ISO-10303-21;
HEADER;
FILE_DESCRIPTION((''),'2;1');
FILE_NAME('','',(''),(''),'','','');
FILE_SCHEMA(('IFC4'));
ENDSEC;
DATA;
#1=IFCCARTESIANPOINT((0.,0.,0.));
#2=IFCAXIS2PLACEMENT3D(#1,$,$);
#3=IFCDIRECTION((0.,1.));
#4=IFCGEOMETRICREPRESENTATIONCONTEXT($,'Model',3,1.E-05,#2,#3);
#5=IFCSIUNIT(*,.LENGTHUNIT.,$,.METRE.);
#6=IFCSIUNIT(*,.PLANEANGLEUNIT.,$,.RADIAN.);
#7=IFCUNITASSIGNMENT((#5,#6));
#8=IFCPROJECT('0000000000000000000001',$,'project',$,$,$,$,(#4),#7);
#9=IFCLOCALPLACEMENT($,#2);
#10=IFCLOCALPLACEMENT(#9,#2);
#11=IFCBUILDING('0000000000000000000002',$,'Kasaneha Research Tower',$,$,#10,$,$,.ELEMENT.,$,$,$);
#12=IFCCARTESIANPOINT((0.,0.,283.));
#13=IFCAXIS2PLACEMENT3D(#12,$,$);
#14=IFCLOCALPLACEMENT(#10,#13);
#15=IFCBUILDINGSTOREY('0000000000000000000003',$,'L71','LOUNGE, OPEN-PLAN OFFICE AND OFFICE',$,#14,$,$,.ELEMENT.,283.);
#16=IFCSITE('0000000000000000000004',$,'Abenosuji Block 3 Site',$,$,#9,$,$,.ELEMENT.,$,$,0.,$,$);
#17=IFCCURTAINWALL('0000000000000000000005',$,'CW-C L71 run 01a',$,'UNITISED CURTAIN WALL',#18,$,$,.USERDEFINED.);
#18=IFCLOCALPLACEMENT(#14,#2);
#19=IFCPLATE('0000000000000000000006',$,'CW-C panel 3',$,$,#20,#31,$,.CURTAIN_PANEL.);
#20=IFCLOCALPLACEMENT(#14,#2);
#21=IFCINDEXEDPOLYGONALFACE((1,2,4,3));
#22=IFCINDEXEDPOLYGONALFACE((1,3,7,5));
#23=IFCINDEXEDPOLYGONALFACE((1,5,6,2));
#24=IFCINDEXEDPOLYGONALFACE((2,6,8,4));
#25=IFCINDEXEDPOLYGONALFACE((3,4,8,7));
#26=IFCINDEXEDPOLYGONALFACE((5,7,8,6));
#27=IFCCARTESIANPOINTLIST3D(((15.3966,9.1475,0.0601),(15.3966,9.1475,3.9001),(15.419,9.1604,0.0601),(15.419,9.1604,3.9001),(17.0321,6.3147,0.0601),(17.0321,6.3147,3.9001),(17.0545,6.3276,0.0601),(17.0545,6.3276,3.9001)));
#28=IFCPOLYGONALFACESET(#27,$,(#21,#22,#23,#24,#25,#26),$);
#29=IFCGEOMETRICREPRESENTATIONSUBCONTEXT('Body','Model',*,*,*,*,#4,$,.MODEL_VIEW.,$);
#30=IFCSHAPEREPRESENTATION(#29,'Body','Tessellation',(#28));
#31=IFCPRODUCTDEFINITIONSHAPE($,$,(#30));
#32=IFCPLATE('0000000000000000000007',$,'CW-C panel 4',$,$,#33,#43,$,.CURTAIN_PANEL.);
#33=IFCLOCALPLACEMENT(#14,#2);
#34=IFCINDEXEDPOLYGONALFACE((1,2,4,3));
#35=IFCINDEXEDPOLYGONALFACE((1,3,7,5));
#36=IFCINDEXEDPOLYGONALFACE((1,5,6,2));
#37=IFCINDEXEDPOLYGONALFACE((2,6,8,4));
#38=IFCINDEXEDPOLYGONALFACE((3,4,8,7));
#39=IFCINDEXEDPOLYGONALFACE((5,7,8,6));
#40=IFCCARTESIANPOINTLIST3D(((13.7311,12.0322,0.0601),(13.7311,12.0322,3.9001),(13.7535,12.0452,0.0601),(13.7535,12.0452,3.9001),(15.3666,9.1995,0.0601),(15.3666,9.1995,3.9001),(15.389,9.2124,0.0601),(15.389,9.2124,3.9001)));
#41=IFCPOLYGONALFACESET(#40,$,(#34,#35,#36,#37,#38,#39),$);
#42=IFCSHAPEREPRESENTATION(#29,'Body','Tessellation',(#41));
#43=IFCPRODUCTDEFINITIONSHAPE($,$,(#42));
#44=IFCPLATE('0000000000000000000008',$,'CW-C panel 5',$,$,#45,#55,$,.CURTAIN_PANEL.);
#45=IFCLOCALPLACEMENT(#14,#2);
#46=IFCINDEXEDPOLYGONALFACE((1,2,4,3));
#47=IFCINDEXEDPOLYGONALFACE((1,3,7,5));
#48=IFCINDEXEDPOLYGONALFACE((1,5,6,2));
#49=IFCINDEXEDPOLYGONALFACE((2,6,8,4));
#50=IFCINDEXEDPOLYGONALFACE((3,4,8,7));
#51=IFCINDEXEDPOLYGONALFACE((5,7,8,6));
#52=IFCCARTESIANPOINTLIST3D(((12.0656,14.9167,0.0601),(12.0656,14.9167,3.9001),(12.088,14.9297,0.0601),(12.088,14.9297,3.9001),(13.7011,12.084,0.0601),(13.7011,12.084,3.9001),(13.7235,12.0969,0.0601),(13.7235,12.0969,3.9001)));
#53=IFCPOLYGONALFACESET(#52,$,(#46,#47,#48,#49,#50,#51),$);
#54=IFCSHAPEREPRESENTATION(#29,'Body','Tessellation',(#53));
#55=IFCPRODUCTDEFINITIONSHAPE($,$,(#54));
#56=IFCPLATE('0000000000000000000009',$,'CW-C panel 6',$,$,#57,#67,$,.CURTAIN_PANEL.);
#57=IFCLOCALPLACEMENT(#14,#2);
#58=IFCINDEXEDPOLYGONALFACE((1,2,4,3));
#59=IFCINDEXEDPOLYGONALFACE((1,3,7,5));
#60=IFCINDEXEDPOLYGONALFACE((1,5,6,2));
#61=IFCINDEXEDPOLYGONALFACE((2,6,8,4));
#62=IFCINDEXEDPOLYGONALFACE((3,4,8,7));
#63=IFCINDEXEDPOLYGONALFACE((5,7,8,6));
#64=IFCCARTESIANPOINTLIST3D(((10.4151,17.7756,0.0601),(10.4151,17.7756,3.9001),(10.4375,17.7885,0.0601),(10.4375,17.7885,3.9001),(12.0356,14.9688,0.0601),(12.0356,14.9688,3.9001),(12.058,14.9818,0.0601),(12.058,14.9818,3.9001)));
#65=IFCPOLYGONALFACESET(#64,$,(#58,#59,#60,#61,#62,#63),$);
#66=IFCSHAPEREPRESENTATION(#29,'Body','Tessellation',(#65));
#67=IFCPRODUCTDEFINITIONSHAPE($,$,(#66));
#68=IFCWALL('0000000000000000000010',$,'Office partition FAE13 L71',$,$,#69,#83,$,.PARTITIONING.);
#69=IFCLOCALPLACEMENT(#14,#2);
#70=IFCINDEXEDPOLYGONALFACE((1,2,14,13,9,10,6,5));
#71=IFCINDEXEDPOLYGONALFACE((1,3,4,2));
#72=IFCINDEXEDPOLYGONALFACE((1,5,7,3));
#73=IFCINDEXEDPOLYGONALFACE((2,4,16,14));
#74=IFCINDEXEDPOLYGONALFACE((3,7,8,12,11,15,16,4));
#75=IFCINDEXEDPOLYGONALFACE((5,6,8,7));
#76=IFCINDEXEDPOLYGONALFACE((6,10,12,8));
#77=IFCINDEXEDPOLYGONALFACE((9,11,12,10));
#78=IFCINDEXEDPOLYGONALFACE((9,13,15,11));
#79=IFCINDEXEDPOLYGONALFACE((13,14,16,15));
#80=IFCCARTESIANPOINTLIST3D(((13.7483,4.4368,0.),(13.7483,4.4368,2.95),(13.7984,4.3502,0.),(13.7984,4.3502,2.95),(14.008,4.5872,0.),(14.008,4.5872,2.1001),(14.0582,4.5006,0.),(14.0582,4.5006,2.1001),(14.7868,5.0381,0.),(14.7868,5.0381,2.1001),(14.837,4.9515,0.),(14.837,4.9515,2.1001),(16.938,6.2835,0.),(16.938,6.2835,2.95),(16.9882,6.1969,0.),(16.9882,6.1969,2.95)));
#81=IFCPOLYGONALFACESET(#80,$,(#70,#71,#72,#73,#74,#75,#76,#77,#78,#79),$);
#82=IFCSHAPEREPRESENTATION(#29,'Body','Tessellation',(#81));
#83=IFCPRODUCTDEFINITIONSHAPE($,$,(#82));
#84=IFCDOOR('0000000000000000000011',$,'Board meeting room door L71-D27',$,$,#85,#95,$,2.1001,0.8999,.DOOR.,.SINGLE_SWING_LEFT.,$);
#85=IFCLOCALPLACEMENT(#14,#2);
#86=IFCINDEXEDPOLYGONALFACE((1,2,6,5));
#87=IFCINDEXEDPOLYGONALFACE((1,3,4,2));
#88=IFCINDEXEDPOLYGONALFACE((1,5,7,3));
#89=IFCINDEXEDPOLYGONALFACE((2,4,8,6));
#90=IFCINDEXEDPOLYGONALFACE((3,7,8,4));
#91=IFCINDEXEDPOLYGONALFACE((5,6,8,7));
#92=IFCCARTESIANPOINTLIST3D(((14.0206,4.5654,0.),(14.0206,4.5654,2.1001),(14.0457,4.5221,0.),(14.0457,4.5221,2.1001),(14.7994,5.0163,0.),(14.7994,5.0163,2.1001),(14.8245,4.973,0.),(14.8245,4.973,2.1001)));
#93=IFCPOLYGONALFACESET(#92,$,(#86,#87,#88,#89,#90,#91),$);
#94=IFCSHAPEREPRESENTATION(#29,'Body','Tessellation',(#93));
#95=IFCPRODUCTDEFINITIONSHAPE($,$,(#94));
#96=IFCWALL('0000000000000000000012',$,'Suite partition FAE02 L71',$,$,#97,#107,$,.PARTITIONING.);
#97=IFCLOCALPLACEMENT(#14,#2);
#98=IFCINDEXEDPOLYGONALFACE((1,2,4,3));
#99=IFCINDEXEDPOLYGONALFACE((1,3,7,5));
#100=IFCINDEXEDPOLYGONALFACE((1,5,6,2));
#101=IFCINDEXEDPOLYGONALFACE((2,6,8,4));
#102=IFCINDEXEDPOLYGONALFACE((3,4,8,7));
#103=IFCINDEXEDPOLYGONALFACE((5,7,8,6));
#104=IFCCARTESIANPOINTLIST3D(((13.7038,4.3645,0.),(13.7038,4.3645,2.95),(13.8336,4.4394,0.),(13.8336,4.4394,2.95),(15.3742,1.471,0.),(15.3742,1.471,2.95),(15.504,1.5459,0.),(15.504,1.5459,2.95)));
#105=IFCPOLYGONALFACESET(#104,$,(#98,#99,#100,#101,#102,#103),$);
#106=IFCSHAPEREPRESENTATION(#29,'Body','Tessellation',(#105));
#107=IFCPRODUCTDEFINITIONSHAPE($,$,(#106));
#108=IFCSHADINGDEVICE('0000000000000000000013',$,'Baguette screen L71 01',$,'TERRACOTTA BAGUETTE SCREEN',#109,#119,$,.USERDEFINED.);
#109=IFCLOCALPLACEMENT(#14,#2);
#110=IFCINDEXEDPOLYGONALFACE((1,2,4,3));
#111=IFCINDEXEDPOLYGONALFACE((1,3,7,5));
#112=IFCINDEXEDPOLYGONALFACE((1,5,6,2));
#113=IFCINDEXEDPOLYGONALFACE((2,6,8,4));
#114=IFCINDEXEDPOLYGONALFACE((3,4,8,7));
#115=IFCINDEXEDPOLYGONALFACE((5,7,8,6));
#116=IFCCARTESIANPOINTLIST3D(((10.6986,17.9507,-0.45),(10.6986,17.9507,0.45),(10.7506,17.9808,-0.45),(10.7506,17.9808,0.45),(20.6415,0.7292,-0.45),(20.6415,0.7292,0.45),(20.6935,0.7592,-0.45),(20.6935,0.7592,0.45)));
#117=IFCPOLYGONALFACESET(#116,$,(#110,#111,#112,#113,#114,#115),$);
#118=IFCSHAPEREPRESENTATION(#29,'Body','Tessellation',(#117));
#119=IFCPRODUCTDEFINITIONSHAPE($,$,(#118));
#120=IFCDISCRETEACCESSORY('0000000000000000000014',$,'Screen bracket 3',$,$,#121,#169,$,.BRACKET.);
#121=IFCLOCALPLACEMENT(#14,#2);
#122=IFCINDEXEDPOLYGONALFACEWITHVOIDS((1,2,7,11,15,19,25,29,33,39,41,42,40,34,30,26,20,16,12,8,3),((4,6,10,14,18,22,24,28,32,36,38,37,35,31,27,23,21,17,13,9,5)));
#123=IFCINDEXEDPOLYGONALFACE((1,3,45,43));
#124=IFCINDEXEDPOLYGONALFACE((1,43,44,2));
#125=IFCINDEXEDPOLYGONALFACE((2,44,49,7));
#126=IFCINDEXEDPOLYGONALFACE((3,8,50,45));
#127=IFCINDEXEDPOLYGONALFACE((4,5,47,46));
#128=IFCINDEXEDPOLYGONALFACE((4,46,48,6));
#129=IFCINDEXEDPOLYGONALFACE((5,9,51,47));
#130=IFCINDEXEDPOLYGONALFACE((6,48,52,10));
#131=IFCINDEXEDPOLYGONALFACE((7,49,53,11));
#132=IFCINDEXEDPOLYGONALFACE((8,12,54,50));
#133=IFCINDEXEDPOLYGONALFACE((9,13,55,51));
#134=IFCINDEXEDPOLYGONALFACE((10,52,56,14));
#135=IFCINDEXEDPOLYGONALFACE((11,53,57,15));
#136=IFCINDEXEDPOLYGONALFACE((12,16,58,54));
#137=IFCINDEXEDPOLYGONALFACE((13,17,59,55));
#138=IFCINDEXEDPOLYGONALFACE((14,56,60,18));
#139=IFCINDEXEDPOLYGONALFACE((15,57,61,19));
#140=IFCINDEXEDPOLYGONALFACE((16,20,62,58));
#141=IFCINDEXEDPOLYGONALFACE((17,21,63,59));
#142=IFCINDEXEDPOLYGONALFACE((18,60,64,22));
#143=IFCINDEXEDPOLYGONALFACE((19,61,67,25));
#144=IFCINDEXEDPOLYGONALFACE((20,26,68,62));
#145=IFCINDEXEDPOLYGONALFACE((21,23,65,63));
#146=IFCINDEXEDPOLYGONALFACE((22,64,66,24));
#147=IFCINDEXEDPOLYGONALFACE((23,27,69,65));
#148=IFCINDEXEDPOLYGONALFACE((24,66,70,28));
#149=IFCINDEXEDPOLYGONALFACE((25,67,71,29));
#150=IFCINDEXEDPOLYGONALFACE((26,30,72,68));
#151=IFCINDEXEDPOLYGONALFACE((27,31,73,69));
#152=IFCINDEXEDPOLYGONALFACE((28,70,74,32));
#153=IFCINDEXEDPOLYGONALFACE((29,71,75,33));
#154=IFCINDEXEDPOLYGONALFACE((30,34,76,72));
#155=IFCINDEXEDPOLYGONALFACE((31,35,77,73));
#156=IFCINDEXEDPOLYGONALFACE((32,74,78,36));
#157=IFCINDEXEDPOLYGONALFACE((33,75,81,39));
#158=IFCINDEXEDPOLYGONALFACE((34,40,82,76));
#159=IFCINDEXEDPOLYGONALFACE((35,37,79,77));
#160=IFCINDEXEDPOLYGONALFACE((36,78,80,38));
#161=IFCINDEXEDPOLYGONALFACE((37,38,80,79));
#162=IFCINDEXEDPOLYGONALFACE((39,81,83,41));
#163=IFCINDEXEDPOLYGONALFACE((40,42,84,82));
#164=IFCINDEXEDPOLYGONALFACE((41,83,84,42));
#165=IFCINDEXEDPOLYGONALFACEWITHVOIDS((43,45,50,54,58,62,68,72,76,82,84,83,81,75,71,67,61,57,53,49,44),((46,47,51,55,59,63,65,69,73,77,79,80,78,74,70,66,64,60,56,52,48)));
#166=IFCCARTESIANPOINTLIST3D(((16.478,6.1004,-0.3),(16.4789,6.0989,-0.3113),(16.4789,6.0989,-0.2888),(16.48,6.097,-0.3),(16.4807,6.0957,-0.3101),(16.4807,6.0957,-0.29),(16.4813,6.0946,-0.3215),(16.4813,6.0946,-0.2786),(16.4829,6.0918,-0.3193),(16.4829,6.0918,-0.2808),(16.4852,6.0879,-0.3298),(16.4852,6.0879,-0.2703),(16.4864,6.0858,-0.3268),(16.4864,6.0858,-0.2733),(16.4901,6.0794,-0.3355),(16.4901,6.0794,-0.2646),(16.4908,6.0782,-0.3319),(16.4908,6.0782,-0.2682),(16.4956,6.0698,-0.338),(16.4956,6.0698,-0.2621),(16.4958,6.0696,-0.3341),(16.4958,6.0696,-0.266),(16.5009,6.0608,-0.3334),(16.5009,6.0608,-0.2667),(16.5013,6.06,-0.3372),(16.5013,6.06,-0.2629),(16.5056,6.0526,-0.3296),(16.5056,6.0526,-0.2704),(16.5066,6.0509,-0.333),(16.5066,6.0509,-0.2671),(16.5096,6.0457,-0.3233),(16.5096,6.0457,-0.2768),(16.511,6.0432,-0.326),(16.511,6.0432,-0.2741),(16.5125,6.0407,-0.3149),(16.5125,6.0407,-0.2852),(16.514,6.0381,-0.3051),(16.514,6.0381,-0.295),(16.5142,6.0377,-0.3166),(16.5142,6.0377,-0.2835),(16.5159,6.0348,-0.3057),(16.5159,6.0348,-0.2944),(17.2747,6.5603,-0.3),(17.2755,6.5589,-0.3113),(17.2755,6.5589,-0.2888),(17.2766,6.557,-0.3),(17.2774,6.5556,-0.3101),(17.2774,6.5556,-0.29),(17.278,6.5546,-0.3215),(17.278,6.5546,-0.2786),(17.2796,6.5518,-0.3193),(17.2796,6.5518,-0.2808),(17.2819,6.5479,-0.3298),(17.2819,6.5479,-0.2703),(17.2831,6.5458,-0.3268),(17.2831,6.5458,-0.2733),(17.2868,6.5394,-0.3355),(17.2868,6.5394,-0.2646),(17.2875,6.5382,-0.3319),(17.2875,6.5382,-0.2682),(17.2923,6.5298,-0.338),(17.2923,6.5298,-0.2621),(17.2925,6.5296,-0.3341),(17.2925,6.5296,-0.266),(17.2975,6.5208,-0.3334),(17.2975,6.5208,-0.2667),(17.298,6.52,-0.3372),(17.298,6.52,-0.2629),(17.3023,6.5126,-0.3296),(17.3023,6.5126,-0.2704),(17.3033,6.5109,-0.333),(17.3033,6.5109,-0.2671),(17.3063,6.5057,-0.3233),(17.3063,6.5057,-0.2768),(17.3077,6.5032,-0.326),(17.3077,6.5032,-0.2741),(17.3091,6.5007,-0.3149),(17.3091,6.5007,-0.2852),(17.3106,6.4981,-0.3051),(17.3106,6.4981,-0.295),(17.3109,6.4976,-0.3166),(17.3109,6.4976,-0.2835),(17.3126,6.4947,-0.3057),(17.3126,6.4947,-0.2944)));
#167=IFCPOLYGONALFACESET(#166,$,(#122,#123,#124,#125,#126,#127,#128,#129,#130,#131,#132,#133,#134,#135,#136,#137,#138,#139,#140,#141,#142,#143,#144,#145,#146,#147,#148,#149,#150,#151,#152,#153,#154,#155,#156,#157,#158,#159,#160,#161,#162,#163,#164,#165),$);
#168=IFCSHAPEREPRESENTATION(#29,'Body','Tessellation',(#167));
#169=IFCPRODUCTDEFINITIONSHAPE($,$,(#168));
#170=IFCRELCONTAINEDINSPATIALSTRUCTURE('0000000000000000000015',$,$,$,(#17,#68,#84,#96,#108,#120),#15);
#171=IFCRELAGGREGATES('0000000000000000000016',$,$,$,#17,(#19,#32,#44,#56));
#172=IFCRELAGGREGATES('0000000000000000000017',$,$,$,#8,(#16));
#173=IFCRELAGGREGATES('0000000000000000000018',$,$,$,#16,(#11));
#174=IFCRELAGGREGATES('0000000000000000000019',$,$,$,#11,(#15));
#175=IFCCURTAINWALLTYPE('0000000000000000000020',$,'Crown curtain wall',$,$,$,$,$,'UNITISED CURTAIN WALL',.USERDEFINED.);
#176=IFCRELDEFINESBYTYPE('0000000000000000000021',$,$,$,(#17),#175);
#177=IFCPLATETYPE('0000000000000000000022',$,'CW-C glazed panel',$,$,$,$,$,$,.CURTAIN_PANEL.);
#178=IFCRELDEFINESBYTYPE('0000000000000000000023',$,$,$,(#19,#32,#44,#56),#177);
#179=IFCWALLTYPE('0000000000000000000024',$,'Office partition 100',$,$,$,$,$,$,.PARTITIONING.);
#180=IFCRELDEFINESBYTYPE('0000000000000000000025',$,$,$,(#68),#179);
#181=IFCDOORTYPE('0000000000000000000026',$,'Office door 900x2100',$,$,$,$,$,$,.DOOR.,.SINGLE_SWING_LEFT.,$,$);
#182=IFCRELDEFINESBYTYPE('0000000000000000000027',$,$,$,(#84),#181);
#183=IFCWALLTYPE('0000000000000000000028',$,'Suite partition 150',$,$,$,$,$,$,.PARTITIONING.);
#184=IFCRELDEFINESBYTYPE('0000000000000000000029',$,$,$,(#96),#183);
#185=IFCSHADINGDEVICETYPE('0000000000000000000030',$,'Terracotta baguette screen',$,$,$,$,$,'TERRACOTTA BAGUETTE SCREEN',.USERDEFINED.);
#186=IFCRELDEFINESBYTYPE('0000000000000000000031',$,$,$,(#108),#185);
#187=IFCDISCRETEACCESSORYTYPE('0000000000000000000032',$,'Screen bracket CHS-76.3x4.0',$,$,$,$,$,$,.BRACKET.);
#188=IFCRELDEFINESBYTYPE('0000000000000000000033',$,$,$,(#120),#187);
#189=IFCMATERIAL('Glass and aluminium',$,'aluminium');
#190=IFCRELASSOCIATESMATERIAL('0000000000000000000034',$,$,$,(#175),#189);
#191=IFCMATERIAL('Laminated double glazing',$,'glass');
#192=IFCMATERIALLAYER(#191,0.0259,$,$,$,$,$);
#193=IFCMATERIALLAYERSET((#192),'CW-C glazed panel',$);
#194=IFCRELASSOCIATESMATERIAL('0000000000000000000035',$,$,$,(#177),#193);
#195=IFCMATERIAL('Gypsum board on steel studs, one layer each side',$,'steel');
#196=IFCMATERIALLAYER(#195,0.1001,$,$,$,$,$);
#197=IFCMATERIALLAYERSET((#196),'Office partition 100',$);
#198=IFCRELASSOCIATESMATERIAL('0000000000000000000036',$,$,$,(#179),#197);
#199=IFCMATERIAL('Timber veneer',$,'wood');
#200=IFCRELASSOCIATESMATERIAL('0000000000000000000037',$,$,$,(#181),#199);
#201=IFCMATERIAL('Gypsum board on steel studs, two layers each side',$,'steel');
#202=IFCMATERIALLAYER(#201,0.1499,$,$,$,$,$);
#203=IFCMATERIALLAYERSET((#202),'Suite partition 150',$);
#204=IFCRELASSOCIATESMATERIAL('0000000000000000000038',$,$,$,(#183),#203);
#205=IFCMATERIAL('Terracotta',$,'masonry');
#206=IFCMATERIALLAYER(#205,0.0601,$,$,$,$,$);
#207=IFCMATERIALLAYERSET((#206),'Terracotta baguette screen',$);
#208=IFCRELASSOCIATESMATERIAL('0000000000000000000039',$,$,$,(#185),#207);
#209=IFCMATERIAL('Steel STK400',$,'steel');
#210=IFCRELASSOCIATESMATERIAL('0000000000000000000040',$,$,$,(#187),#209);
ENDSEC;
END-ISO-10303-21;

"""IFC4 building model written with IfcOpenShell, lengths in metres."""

from ifc_helpers import new_model, si_unit, direction, frame, frame_2d, origin, origin_2d, place, context, subcontext, project, spatial, rectangle, hollow_circle, extrude, material, layer, layer_set, material_profile, profile_set, type_object, element, fill, aggregate, save


model = new_model("IFC4")

# Units and contexts
model_context = context("Model", 3, precision=1e-05, world=origin(), true_north=direction((0.0, 1.0)))
body_context = subcontext(model_context, "Body", "Model", "MODEL_VIEW")
ifc_project = project(units=[si_unit("LENGTHUNIT", "METRE"), si_unit("PLANEANGLEUNIT", "RADIAN")], contexts=[model_context])

# Site, building, storey
site_placement = place(None, origin())
site = spatial("IfcSite", under=ifc_project, at=site_placement, Name="Abenosuji Block 3 Site", CompositionType="ELEMENT", RefElevation=0.0)
building_placement = place(site_placement, origin())
building = spatial("IfcBuilding", under=site, at=building_placement, Name="Kasaneha Research Tower", CompositionType="ELEMENT")
storey_placement = place(building_placement, frame((0.0, 0.0, 283.0)))
storey = spatial("IfcBuildingStorey", under=building, at=storey_placement, Name="L71", Description="LOUNGE, OPEN-PLAN OFFICE AND OFFICE", CompositionType="ELEMENT", Elevation=283.0)

# Curtain wall
ifc_material_1 = material(Name="Glass and aluminium", Category="aluminium")
curtain_wall_type = type_object("IfcCurtainWallType", Name="Crown curtain wall", ElementType="UNITISED CURTAIN WALL", PredefinedType="USERDEFINED", material=ifc_material_1)
curtain_wall_1_placement = place(storey_placement, origin())
curtain_wall_1 = element("IfcCurtainWall", 1, at=curtain_wall_1_placement, inside=storey, type_object=curtain_wall_type, Name="CW-C L71 run 01a", ObjectType="UNITISED CURTAIN WALL", PredefinedType="USERDEFINED")

# Plates
ifc_material_2 = material(Name="Laminated double glazing", Category="glass")
ifc_layer_1 = layer(ifc_material_2, 0.0259)
ifc_layer_set_1 = layer_set([ifc_layer_1], Name="CW-C glazed panel")
plate_type = type_object("IfcPlateType", Name="CW-C glazed panel", PredefinedType="CURTAIN_PANEL", material=ifc_layer_set_1)
plate_1_placement = place(storey_placement, frame((16.2256, 7.7375, 0.0601), z_axis=(0.0, 0.0, 1.0), x_axis=(-0.5, 0.866025, 0.0)))
plate_1 = element("IfcPlate", 2, at=plate_1_placement, type_object=plate_type, Name="CW-C panel 3", PredefinedType="CURTAIN_PANEL", context=body_context, shape_type="SweptSolid", body=[
    extrude(rectangle(XDim=3.271, YDim=0.0259, at=origin_2d()), origin(), (0.0, 0.0, 1.0), 3.8401),
])
plate_2_placement = place(storey_placement, frame((14.5601, 10.6223, 0.0601), z_axis=(0.0, 0.0, 1.0), x_axis=(-0.5, 0.866025, 0.0)))
plate_2 = element("IfcPlate", 3, at=plate_2_placement, type_object=plate_type, Name="CW-C panel 4", PredefinedType="CURTAIN_PANEL", context=body_context, shape_type="SweptSolid", body=[
    extrude(rectangle(XDim=3.271, YDim=0.0259, at=origin_2d()), origin(), (0.0, 0.0, 1.0), 3.8401),
])
plate_3_placement = place(storey_placement, frame((12.8945, 13.5068, 0.0601), z_axis=(0.0, 0.0, 1.0), x_axis=(-0.5, 0.866025, 0.0)))
plate_3 = element("IfcPlate", 4, at=plate_3_placement, type_object=plate_type, Name="CW-C panel 5", PredefinedType="CURTAIN_PANEL", context=body_context, shape_type="SweptSolid", body=[
    extrude(rectangle(XDim=3.271, YDim=0.0259, at=origin_2d()), origin(), (0.0, 0.0, 1.0), 3.8401),
])
plate_4_placement = place(storey_placement, frame((11.2366, 16.3787, 0.0601), z_axis=(0.0, 0.0, 1.0), x_axis=(-0.5, 0.866025, 0.0)))
plate_4 = element("IfcPlate", 5, at=plate_4_placement, type_object=plate_type, Name="CW-C panel 6", PredefinedType="CURTAIN_PANEL", context=body_context, shape_type="SweptSolid", body=[
    extrude(rectangle(XDim=3.241, YDim=0.0259, at=origin_2d()), origin(), (0.0, 0.0, 1.0), 3.8401),
])
aggregate(curtain_wall_1, [plate_1, plate_2, plate_3, plate_4])

# Wall, opening, door
ifc_material_3 = material(Name="Gypsum board on steel studs, one layer each side", Category="steel")
ifc_layer_2 = layer(ifc_material_3, 0.1001)
ifc_layer_set_2 = layer_set([ifc_layer_2], Name="Office partition 100")
wall_type_1 = type_object("IfcWallType", Name="Office partition 100", PredefinedType="PARTITIONING", material=ifc_layer_set_2)
wall_1_placement = place(storey_placement, frame((13.7734, 4.3936, 0.0), z_axis=(0.0, 0.0, 1.0), x_axis=(0.865425, 0.501039, 0.0)))
wall_1 = element("IfcWall", 6, at=wall_1_placement, inside=storey, type_object=wall_type_1, Name="Office partition FAE13 L71", PredefinedType="PARTITIONING", context=body_context, shape_type="SweptSolid", body=[
    extrude(rectangle(XDim=3.6858, YDim=0.1001, at=frame_2d((1.8428, 0.0))), origin(), (0.0, 0.0, 1.0), 2.95),
])
opening_placement = place(wall_1_placement, frame((0.3, 0.0, 0.0)))
opening = element("IfcOpeningElement", 7, at=opening_placement, cuts=wall_1, PredefinedType="OPENING", context=body_context, shape_type="SweptSolid", body=[
    extrude(rectangle(XDim=0.8999, YDim=2.1001, at=frame_2d((0.45, 1.05))), frame((0.0, 0.0601, 0.0), z_axis=(0.0, -1.0, 0.0), x_axis=(1.0, 0.0, 0.0)), (0.0, 0.0, 1.0), 0.1201),
])
ifc_material_4 = material(Name="Timber veneer", Category="wood")
door_type = type_object("IfcDoorType", Name="Office door 900x2100", OperationType="SINGLE_SWING_LEFT", PredefinedType="DOOR", material=ifc_material_4)
door_placement = place(opening_placement, origin())
door = element("IfcDoor", 8, at=door_placement, inside=storey, type_object=door_type, Name="Board meeting room door L71-D27", OperationType="SINGLE_SWING_LEFT", OverallHeight=2.1001, OverallWidth=0.8999, PredefinedType="DOOR", context=body_context, shape_type="SweptSolid", body=[
    extrude(rectangle(XDim=0.8999, YDim=2.1001, at=frame_2d((0.45, 1.05))), frame((0.0, 0.0249, 0.0), z_axis=(0.0, -1.0, 0.0), x_axis=(1.0, 0.0, 0.0)), (0.0, 0.0, 1.0), 0.05),
])
fill(opening, door)

# Wall
ifc_material_5 = material(Name="Gypsum board on steel studs, two layers each side", Category="steel")
ifc_layer_3 = layer(ifc_material_5, 0.1499)
ifc_layer_set_3 = layer_set([ifc_layer_3], Name="Suite partition 150")
wall_type_2 = type_object("IfcWallType", Name="Suite partition 150", PredefinedType="PARTITIONING", material=ifc_layer_set_3)
wall_2_placement = place(storey_placement, frame((13.7688, 4.4019, 0.0), z_axis=(0.0, 0.0, 1.0), x_axis=(0.499959, -0.866049, 0.0)))
element("IfcWall", 9, at=wall_2_placement, inside=storey, type_object=wall_type_2, Name="Suite partition FAE02 L71", PredefinedType="PARTITIONING", context=body_context, shape_type="SweptSolid", body=[
    extrude(rectangle(XDim=3.3411, YDim=0.1499, at=frame_2d((1.6704, 0.0))), origin(), (0.0, 0.0, 1.0), 2.95),
])

# Shading device
ifc_material_6 = material(Name="Terracotta", Category="masonry")
ifc_layer_4 = layer(ifc_material_6, 0.0601)
ifc_layer_set_4 = layer_set([ifc_layer_4], Name="Terracotta baguette screen")
shading_device_type = type_object("IfcShadingDeviceType", Name="Terracotta baguette screen", ElementType="TERRACOTTA BAGUETTE SCREEN", PredefinedType="USERDEFINED", material=ifc_layer_set_4)
shading_device_placement = place(storey_placement, frame((15.696, 9.355, -0.45), z_axis=(0.0, 0.0, 1.0), x_axis=(-0.5, 0.866025, 0.0)))
element("IfcShadingDevice", 10, at=shading_device_placement, inside=storey, type_object=shading_device_type, Name="Baguette screen L71 01", ObjectType="TERRACOTTA BAGUETTE SCREEN", PredefinedType="USERDEFINED", context=body_context, shape_type="SweptSolid", body=[
    extrude(rectangle(XDim=19.8857, YDim=0.0601, at=origin_2d()), origin(), (0.0, 0.0, 1.0), 0.8999),
])

# Discrete accessory
ifc_material_7 = material(Name="Steel STK400", Category="steel")
ifc_material_profile_1 = material_profile(ifc_material_7, hollow_circle(Radius=0.0381, WallThickness=0.0039, at=origin_2d()), Name="CHS-76.3x4.0")
ifc_profile_set_1 = profile_set([ifc_material_profile_1], Name="Steel STK400")
discrete_accessory_type = type_object("IfcDiscreteAccessoryType", Name="Screen bracket CHS-76.3x4.0", PredefinedType="BRACKET", material=ifc_profile_set_1)
for number, where, z_axis, x_axis, name in (
    (11, (16.4971, 6.0674, -0.3), (0.866013, 0.500021, 0.0), (-0.500021, 0.866013, 0.0), "Screen bracket 3"),
):
    element("IfcDiscreteAccessory", number, at=place(storey_placement, frame(where, z_axis=z_axis, x_axis=x_axis)), inside=storey, type_object=discrete_accessory_type, Name=name, PredefinedType="BRACKET", context=body_context, shape_type="SweptSolid", body=[
        extrude(hollow_circle(Radius=0.0381, WallThickness=0.0039, at=origin_2d()), origin(), (0.0, 0.0, 1.0), 0.9199),
    ])

save(model, "model.ifc")
